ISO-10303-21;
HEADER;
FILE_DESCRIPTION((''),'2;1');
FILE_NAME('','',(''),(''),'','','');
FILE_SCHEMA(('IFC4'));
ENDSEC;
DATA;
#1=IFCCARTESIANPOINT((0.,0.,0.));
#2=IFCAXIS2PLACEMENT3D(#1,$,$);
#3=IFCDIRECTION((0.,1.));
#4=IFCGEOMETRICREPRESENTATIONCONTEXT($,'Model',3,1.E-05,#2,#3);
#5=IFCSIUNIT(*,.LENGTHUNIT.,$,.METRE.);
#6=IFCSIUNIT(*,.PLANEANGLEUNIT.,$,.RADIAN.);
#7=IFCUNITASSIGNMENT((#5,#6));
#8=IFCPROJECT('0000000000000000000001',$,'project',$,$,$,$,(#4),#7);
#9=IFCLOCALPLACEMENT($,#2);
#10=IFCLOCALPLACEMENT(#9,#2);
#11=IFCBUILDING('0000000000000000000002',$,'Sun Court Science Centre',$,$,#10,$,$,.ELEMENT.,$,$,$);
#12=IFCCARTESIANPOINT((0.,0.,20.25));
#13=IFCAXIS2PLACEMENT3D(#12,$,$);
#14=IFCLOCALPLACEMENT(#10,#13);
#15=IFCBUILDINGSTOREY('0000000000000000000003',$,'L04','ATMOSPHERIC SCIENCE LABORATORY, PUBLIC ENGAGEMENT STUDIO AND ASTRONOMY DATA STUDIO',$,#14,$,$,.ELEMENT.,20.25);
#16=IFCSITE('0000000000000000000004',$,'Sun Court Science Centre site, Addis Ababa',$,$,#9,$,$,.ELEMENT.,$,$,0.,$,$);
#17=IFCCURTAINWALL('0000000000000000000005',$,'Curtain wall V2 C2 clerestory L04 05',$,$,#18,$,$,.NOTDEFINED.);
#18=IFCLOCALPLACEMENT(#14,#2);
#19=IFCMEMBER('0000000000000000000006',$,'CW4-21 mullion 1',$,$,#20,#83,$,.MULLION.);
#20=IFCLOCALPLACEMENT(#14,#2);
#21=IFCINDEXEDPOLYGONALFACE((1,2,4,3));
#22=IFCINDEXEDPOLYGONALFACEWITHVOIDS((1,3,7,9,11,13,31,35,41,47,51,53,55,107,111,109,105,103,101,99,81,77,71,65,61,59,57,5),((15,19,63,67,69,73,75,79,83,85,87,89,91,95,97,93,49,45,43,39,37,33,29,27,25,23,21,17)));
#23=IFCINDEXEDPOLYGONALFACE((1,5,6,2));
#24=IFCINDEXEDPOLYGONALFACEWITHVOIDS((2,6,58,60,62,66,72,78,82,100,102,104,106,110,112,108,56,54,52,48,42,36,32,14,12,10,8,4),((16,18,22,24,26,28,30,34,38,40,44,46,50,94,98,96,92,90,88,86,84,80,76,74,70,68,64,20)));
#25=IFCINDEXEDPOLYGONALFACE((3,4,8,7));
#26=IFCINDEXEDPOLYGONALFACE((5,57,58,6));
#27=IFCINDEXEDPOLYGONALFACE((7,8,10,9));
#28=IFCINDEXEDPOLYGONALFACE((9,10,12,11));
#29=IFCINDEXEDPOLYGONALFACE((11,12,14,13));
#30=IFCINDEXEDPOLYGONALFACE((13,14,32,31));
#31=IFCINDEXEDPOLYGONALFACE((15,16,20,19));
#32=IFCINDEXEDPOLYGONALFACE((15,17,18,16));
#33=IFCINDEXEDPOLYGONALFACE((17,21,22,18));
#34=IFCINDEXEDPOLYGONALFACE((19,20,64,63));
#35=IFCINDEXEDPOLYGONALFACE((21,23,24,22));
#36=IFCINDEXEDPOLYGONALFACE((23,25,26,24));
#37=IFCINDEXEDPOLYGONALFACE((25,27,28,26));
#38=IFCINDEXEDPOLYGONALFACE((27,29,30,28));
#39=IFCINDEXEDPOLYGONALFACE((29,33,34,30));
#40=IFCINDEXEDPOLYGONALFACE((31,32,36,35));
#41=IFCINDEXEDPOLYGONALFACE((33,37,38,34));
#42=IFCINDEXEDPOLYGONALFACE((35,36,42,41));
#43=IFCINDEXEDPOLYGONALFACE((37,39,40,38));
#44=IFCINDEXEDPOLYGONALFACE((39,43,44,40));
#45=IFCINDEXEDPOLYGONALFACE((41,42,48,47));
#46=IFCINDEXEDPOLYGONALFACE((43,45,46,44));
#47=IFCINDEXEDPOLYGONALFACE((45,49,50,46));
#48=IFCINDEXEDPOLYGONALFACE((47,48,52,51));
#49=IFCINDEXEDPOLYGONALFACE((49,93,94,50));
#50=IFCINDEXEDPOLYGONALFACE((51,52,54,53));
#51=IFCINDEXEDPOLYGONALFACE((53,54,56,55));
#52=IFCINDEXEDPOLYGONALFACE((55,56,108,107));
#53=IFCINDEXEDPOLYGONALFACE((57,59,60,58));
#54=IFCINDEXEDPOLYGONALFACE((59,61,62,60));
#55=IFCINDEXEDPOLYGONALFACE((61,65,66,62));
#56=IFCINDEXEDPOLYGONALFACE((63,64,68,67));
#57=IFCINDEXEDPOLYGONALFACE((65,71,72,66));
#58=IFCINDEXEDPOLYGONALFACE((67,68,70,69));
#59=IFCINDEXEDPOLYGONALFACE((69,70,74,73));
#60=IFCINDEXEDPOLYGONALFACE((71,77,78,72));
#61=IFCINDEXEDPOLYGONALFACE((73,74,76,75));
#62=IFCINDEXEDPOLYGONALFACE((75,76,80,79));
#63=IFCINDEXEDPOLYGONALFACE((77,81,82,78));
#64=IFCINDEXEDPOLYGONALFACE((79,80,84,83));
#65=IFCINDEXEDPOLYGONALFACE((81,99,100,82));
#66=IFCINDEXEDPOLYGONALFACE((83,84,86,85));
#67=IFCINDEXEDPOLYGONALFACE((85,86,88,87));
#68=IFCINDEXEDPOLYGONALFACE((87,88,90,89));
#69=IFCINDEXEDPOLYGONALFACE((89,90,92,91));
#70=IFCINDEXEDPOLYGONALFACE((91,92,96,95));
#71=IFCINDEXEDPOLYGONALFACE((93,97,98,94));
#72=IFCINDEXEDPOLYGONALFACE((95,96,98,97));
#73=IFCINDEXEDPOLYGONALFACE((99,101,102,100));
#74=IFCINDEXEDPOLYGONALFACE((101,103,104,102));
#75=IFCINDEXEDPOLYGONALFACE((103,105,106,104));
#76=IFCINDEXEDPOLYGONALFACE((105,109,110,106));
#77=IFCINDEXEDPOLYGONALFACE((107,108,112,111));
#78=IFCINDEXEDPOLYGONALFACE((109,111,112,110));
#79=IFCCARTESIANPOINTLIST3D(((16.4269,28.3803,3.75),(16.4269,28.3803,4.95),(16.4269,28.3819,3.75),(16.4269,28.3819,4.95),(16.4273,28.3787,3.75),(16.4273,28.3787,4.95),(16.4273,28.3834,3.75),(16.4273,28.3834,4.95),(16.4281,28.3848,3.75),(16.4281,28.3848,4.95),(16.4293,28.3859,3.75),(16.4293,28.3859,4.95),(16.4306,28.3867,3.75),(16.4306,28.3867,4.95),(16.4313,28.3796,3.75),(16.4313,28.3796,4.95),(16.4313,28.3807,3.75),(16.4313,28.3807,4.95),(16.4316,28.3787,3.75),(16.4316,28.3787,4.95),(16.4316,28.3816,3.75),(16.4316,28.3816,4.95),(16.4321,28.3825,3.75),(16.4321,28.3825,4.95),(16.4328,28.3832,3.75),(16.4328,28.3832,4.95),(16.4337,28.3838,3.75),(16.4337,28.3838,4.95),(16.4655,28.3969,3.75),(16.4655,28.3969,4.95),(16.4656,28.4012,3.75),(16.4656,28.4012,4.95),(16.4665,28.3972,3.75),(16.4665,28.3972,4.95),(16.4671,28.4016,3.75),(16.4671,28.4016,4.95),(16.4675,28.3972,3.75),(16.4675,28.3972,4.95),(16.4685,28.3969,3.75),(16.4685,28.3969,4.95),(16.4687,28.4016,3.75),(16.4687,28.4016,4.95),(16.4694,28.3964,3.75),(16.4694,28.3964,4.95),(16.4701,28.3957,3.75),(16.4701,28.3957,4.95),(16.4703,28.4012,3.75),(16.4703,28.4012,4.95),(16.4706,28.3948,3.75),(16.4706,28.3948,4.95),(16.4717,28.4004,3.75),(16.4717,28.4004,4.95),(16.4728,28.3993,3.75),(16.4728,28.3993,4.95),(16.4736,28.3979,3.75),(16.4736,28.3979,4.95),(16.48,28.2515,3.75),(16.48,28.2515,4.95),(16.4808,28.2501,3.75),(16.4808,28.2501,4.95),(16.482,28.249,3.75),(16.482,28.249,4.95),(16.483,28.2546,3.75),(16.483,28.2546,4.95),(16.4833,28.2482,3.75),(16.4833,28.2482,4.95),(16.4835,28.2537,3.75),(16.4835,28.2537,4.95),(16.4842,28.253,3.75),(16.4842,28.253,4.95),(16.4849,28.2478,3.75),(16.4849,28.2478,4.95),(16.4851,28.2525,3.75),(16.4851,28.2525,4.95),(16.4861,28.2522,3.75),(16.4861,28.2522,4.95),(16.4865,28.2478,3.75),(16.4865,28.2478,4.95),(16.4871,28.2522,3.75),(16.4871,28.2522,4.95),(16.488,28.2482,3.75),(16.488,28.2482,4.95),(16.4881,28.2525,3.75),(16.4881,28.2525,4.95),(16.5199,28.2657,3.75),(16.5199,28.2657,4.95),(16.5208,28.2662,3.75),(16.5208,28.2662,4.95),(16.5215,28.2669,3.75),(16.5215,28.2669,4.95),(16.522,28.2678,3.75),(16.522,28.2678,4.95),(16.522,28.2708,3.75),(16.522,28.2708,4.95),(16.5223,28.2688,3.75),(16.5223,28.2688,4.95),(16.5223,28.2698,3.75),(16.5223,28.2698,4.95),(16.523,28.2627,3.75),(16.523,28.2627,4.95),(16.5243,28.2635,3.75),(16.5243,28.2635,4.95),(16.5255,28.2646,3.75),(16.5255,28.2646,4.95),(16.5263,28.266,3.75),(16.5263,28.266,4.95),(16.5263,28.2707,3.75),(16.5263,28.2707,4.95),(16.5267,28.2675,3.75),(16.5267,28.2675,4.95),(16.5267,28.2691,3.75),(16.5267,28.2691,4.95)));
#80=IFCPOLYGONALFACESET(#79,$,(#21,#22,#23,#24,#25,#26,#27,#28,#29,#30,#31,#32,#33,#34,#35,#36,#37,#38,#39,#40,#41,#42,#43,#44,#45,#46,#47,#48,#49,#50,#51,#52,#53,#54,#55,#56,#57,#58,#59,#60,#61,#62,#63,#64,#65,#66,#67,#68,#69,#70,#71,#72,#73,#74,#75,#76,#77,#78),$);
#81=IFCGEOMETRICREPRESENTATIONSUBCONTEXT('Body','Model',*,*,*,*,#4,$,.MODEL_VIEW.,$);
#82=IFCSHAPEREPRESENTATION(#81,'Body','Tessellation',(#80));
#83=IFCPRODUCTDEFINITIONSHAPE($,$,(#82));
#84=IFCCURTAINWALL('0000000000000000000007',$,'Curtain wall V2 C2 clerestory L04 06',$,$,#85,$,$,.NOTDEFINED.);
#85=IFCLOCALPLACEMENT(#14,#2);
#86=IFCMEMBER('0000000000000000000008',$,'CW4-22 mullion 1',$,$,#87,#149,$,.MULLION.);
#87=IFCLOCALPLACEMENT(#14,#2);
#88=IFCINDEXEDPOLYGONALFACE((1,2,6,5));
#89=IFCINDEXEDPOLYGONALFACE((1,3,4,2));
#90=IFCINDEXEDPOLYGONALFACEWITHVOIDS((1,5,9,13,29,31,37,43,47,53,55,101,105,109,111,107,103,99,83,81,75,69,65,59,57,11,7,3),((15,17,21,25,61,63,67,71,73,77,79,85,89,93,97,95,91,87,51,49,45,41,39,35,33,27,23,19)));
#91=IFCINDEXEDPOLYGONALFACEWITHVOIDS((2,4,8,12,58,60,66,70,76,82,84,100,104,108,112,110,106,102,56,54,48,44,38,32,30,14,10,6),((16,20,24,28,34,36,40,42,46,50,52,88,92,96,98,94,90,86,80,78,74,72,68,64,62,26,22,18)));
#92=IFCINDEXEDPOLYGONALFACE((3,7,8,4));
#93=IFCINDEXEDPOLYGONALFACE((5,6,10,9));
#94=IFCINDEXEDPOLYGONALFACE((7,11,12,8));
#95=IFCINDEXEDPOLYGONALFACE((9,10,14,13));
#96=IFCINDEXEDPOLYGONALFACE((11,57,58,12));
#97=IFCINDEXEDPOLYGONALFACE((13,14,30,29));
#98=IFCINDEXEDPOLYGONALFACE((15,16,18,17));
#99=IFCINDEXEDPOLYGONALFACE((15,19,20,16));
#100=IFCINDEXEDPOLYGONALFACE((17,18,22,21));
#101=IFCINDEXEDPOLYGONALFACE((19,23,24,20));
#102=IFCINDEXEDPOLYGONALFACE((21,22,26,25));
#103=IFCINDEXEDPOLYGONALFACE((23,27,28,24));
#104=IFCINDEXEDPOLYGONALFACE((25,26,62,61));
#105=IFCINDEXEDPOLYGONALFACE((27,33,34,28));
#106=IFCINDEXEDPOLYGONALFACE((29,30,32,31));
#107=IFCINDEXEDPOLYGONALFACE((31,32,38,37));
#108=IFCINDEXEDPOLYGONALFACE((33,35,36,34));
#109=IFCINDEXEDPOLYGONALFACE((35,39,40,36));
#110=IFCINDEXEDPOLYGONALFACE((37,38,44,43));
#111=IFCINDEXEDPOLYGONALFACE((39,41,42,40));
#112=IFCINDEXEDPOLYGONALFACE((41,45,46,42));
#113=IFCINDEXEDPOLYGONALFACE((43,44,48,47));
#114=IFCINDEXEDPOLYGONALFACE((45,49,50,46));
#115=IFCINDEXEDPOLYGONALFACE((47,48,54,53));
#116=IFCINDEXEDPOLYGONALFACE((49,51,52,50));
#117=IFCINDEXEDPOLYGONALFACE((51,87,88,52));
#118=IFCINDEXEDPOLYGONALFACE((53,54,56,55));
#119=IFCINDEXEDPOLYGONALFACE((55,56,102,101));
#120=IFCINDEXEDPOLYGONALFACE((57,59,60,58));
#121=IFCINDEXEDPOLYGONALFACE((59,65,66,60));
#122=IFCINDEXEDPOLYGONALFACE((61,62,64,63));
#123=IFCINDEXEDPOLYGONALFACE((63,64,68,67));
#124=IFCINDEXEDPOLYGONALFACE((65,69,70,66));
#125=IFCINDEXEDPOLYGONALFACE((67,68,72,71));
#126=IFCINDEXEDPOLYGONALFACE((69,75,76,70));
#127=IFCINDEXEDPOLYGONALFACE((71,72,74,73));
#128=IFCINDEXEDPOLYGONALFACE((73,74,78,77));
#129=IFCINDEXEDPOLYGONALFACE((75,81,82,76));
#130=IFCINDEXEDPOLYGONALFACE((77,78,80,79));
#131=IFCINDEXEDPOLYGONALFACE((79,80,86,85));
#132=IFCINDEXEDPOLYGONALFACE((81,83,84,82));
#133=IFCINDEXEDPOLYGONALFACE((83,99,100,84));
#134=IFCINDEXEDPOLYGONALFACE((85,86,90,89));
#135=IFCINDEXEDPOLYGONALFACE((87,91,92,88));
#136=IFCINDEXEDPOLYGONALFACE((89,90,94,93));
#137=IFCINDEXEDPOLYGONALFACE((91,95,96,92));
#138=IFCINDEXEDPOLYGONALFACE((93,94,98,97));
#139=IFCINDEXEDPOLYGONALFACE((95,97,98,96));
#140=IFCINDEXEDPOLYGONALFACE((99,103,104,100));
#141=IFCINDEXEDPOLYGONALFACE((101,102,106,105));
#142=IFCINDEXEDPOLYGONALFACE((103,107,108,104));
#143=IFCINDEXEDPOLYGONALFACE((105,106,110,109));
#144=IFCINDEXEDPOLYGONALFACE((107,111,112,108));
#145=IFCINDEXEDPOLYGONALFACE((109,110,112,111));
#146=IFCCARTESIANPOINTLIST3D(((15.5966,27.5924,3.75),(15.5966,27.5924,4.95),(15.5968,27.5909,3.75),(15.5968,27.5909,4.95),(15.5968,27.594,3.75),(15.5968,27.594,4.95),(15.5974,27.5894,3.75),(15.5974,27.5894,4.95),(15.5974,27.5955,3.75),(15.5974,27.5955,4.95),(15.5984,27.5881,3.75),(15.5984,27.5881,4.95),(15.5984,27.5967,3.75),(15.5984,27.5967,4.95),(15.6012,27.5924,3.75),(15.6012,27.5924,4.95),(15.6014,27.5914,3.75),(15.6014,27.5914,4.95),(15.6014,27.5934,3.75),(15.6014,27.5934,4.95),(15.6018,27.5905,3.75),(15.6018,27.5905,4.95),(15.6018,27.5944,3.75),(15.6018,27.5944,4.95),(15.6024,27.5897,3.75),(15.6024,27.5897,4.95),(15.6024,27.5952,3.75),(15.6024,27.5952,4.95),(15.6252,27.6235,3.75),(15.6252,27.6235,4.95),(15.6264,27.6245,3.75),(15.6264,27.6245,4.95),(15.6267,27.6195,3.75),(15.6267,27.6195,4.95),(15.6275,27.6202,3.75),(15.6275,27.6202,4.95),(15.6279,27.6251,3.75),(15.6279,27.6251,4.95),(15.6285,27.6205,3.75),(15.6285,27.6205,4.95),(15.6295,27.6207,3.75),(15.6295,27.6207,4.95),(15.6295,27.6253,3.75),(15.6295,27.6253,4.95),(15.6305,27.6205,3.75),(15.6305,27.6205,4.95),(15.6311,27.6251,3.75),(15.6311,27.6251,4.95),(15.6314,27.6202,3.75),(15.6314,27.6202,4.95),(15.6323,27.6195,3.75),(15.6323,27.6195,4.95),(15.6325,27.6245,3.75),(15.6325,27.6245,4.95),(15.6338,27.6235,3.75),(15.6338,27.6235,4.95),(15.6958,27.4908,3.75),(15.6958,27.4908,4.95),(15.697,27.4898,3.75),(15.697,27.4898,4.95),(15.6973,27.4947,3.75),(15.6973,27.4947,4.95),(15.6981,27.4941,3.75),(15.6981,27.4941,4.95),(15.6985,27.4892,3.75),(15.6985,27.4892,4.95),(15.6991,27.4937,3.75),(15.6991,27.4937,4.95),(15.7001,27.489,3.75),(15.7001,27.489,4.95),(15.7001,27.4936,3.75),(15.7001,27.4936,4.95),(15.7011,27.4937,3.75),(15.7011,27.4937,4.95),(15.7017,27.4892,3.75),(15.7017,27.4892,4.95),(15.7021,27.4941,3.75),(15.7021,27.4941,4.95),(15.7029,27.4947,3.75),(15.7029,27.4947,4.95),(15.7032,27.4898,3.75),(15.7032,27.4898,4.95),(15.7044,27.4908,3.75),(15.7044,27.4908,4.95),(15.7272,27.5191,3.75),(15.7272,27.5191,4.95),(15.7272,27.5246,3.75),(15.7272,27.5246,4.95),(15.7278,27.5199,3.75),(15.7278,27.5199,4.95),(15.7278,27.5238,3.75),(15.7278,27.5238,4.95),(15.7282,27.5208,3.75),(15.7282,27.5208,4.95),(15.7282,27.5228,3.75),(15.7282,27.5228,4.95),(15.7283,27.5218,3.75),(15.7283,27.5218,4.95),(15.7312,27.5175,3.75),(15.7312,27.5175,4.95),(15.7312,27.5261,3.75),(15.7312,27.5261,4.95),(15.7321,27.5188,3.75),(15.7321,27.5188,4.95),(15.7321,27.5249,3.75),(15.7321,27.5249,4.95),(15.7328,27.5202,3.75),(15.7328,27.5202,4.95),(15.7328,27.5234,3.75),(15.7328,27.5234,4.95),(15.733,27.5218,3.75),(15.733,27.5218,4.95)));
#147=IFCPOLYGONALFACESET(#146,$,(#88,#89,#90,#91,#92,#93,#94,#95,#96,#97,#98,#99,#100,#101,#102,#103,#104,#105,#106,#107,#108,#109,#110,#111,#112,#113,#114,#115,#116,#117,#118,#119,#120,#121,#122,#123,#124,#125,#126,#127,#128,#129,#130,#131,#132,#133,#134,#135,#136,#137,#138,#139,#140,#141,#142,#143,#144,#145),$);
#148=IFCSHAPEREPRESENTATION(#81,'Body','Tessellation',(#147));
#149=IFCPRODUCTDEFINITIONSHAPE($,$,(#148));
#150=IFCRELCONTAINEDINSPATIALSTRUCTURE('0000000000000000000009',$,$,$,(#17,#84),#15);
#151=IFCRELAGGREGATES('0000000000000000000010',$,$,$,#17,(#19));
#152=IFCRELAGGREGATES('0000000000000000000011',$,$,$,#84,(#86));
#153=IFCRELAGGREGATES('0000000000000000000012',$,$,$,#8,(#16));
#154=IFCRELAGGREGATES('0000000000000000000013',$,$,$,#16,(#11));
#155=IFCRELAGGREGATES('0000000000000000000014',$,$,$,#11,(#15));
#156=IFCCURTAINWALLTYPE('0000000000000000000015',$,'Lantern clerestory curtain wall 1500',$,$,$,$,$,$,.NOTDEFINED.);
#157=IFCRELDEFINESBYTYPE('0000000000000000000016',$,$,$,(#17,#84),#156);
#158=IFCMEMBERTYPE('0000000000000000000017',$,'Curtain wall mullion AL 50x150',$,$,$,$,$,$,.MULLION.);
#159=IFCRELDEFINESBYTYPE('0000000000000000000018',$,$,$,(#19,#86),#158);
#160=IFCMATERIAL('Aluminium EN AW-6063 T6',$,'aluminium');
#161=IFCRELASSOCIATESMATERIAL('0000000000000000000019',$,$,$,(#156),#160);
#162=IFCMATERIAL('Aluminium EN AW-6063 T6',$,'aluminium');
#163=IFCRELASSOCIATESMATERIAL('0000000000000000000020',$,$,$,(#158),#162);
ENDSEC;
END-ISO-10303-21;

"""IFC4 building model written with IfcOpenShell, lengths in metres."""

from ifc_helpers import new_model, si_unit, direction, frame, origin, origin_2d, place, context, subcontext, project, spatial, hollow_rectangle, extrude, material, material_profile, profile_set, type_object, element, aggregate, save


model = new_model("IFC4")

# Units and contexts
model_context = context("Model", 3, precision=1e-05, world=origin(), true_north=direction((0.0, 1.0)))
body_context = subcontext(model_context, "Body", "Model", "MODEL_VIEW")
ifc_project = project(units=[si_unit("LENGTHUNIT", "METRE"), si_unit("PLANEANGLEUNIT", "RADIAN")], contexts=[model_context])

# Site, building, storey
site_placement = place(None, origin())
site = spatial("IfcSite", under=ifc_project, at=site_placement, Name="Sun Court Science Centre site, Addis Ababa", CompositionType="ELEMENT", RefElevation=0.0)
building_placement = place(site_placement, origin())
building = spatial("IfcBuilding", under=site, at=building_placement, Name="Sun Court Science Centre", CompositionType="ELEMENT")
storey_placement = place(building_placement, frame((0.0, 0.0, 20.25)))
storey = spatial("IfcBuildingStorey", under=building, at=storey_placement, Name="L04", Description="ATMOSPHERIC SCIENCE LABORATORY, PUBLIC ENGAGEMENT STUDIO AND ASTRONOMY DATA STUDIO", CompositionType="ELEMENT", Elevation=20.25)

# Curtain wall, member
ifc_material_1 = material(Name="Aluminium EN AW-6063 T6", Category="aluminium")
curtain_wall_type = type_object("IfcCurtainWallType", Name="Lantern clerestory curtain wall 1500", PredefinedType="NOTDEFINED", material=ifc_material_1)
curtain_wall_1_placement = place(storey_placement, origin())
curtain_wall_1 = element("IfcCurtainWall", 1, at=curtain_wall_1_placement, inside=storey, type_object=curtain_wall_type, Name="Curtain wall V2 C2 clerestory L04 05", PredefinedType="NOTDEFINED")
ifc_material_2 = material(Name="Aluminium EN AW-6063 T6", Category="aluminium")
ifc_material_profile_1 = material_profile(ifc_material_2, hollow_rectangle(XDim=0.05, YDim=0.1499, WallThickness=0.0039, InnerFilletRadius=0.0039, OuterFilletRadius=0.0061, at=origin_2d()), Name="AL 50x150x4")
ifc_profile_set_1 = profile_set([ifc_material_profile_1], Name="Aluminium EN AW-6063 T6")
member_type_1 = type_object("IfcMemberType", Name="Curtain wall mullion AL 50x150", PredefinedType="MULLION", material=ifc_profile_set_1)
member_1_placement = place(storey_placement, frame((16.4768, 28.3247, 3.75), z_axis=(0.0, 0.0, 1.0), x_axis=(0.92388, 0.382683, 0.0)))
member_1 = element("IfcMember", 2, at=member_1_placement, type_object=member_type_1, Name="CW4-21 mullion 1", PredefinedType="MULLION", context=body_context, shape_type="SweptSolid", body=[
    extrude(hollow_rectangle(XDim=0.05, YDim=0.1499, WallThickness=0.0039, InnerFilletRadius=0.0039, OuterFilletRadius=0.0061, at=origin_2d()), origin(), (0.0, 0.0, 1.0), 1.2),
])
aggregate(curtain_wall_1, [member_1])

# Curtain wall, member
curtain_wall_2_placement = place(storey_placement, origin())
curtain_wall_2 = element("IfcCurtainWall", 3, at=curtain_wall_2_placement, inside=storey, type_object=curtain_wall_type, Name="Curtain wall V2 C2 clerestory L04 06", PredefinedType="NOTDEFINED")
member_2_placement = place(storey_placement, frame((15.6648, 27.5571, 3.75), z_axis=(0.0, 0.0, 1.0), x_axis=(0.707107, 0.707107, 0.0)))
member_2 = element("IfcMember", 4, at=member_2_placement, type_object=member_type_1, Name="CW4-22 mullion 1", PredefinedType="MULLION", context=body_context, shape_type="SweptSolid", body=[
    extrude(hollow_rectangle(XDim=0.05, YDim=0.1499, WallThickness=0.0039, InnerFilletRadius=0.0039, OuterFilletRadius=0.0061, at=origin_2d()), origin(), (0.0, 0.0, 1.0), 1.2),
])
aggregate(curtain_wall_2, [member_2])

save(model, "model.ifc")
